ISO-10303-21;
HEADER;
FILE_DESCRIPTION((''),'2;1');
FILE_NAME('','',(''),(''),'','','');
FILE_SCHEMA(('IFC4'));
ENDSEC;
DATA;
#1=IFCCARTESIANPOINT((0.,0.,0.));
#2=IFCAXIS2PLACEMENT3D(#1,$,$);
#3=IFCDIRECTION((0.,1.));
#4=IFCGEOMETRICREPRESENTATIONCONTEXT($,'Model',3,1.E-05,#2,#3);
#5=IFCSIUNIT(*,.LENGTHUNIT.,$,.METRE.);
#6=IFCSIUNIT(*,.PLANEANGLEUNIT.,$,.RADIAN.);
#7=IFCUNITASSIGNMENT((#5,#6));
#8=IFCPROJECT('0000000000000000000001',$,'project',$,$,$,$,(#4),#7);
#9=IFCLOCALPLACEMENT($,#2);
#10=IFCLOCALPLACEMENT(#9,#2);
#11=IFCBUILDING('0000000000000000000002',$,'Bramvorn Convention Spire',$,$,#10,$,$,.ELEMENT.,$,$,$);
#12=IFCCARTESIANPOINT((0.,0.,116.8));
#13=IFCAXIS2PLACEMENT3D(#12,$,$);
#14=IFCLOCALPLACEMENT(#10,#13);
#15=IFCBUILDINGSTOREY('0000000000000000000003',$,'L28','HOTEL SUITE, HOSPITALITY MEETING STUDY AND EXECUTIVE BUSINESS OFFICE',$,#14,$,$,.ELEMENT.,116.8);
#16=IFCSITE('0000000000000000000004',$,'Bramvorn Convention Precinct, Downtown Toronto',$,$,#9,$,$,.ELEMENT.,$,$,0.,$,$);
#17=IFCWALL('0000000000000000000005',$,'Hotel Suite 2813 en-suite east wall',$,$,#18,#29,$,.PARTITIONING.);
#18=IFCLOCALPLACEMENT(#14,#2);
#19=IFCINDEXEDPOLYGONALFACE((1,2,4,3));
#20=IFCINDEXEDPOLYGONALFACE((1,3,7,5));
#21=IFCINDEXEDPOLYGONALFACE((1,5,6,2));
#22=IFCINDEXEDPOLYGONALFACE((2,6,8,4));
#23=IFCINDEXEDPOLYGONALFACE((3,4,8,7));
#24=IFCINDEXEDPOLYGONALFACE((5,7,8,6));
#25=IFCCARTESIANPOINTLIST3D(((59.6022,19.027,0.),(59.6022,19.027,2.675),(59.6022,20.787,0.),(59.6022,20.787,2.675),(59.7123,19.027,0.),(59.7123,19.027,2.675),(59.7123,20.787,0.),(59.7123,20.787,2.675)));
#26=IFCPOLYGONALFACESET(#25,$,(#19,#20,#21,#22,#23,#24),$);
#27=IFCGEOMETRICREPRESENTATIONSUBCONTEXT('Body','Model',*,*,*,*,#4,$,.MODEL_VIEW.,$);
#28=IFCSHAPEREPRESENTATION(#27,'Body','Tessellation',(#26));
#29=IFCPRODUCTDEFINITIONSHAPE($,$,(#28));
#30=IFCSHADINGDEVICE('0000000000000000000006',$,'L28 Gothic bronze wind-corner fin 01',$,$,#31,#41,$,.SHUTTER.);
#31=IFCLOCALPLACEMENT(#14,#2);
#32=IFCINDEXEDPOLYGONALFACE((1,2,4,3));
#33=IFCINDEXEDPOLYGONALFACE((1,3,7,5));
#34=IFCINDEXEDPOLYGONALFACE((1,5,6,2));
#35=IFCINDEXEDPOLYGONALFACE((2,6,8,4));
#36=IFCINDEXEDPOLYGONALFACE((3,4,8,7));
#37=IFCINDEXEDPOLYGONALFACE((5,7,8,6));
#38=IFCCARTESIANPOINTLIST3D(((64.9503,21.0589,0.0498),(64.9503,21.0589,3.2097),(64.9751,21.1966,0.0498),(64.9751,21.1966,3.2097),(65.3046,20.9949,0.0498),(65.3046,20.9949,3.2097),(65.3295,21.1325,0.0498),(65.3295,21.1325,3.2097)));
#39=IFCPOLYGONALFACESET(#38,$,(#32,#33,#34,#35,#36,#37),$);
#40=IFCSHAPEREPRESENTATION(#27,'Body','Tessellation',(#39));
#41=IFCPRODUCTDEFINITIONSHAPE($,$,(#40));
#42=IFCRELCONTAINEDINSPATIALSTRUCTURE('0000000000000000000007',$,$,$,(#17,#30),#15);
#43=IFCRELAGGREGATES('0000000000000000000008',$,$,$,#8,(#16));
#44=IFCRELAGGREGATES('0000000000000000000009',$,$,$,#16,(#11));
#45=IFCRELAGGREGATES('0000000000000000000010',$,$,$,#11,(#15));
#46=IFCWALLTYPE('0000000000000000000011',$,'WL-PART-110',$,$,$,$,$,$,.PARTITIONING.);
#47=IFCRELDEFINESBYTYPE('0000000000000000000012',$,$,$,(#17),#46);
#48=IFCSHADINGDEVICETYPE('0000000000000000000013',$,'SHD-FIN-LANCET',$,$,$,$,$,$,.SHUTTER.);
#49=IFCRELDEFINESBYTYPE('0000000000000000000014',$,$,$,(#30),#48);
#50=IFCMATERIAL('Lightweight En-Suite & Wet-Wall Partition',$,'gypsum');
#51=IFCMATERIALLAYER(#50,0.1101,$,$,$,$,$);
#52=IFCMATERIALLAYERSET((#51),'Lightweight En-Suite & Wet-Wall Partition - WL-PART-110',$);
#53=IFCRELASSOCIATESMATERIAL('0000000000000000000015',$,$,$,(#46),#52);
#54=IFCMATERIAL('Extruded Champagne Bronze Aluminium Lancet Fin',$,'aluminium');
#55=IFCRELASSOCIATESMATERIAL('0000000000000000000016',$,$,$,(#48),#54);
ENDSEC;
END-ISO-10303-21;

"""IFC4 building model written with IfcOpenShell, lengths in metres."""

from ifc_helpers import new_model, si_unit, direction, frame, frame_2d, origin, origin_2d, place, context, subcontext, project, spatial, rectangle, extrude, material, layer, layer_set, type_object, element, save


model = new_model("IFC4")

# Units and contexts
model_context = context("Model", 3, precision=1e-05, world=origin(), true_north=direction((0.0, 1.0)))
body_context = subcontext(model_context, "Body", "Model", "MODEL_VIEW")
ifc_project = project(units=[si_unit("LENGTHUNIT", "METRE"), si_unit("PLANEANGLEUNIT", "RADIAN")], contexts=[model_context])

# Site, building, storey
site_placement = place(None, origin())
site = spatial("IfcSite", under=ifc_project, at=site_placement, Name="Bramvorn Convention Precinct, Downtown Toronto", CompositionType="ELEMENT", RefElevation=0.0)
building_placement = place(site_placement, origin())
building = spatial("IfcBuilding", under=site, at=building_placement, Name="Bramvorn Convention Spire", CompositionType="ELEMENT")
storey_placement = place(building_placement, frame((0.0, 0.0, 116.8)))
storey = spatial("IfcBuildingStorey", under=building, at=storey_placement, Name="L28", Description="HOTEL SUITE, HOSPITALITY MEETING STUDY AND EXECUTIVE BUSINESS OFFICE", CompositionType="ELEMENT", Elevation=116.8)

# Shared definitions
ifc_material_1 = material(Name="Lightweight En-Suite & Wet-Wall Partition", Category="gypsum")
ifc_layer_1 = layer(ifc_material_1, 0.1101)
ifc_layer_set_1 = layer_set([ifc_layer_1], Name="Lightweight En-Suite & Wet-Wall Partition - WL-PART-110")
wall_type = type_object("IfcWallType", Name="WL-PART-110", PredefinedType="PARTITIONING", material=ifc_layer_set_1)

# Wall
for number, where, z_axis, x_axis, name in (
    (1, (59.6572, 19.0271, 0.0), (0.0, 0.0, 1.0), (0.0, 1.0, 0.0), "Hotel Suite 2813 en-suite east wall"),
):
    element("IfcWall", number, at=place(storey_placement, frame(where, z_axis=z_axis, x_axis=x_axis)), inside=storey, type_object=wall_type, Name=name, PredefinedType="PARTITIONING", context=body_context, shape_type="SweptSolid", body=[
        extrude(rectangle(XDim=1.76, YDim=0.1101, at=frame_2d((0.8799, 0.0))), origin(), (0.0, 0.0, 1.0), 2.675),
    ])

# Shading device
ifc_material_2 = material(Name="Extruded Champagne Bronze Aluminium Lancet Fin", Category="aluminium")
shading_device_type = type_object("IfcShadingDeviceType", Name="SHD-FIN-LANCET", PredefinedType="SHUTTER", material=ifc_material_2)
shading_device_placement = place(storey_placement, frame((65.1399, 21.0957, 0.0498), z_axis=(0.0, 0.0, 1.0), x_axis=(0.984062, -0.177826, 0.0)))
element("IfcShadingDevice", 2, at=shading_device_placement, inside=storey, type_object=shading_device_type, Name="L28 Gothic bronze wind-corner fin 01", PredefinedType="SHUTTER", context=body_context, shape_type="SweptSolid", body=[
    extrude(rectangle(XDim=0.3601, YDim=0.1399, at=origin_2d()), origin(), (0.0, 0.0, 1.0), 3.1599),
])

save(model, "model.ifc")
